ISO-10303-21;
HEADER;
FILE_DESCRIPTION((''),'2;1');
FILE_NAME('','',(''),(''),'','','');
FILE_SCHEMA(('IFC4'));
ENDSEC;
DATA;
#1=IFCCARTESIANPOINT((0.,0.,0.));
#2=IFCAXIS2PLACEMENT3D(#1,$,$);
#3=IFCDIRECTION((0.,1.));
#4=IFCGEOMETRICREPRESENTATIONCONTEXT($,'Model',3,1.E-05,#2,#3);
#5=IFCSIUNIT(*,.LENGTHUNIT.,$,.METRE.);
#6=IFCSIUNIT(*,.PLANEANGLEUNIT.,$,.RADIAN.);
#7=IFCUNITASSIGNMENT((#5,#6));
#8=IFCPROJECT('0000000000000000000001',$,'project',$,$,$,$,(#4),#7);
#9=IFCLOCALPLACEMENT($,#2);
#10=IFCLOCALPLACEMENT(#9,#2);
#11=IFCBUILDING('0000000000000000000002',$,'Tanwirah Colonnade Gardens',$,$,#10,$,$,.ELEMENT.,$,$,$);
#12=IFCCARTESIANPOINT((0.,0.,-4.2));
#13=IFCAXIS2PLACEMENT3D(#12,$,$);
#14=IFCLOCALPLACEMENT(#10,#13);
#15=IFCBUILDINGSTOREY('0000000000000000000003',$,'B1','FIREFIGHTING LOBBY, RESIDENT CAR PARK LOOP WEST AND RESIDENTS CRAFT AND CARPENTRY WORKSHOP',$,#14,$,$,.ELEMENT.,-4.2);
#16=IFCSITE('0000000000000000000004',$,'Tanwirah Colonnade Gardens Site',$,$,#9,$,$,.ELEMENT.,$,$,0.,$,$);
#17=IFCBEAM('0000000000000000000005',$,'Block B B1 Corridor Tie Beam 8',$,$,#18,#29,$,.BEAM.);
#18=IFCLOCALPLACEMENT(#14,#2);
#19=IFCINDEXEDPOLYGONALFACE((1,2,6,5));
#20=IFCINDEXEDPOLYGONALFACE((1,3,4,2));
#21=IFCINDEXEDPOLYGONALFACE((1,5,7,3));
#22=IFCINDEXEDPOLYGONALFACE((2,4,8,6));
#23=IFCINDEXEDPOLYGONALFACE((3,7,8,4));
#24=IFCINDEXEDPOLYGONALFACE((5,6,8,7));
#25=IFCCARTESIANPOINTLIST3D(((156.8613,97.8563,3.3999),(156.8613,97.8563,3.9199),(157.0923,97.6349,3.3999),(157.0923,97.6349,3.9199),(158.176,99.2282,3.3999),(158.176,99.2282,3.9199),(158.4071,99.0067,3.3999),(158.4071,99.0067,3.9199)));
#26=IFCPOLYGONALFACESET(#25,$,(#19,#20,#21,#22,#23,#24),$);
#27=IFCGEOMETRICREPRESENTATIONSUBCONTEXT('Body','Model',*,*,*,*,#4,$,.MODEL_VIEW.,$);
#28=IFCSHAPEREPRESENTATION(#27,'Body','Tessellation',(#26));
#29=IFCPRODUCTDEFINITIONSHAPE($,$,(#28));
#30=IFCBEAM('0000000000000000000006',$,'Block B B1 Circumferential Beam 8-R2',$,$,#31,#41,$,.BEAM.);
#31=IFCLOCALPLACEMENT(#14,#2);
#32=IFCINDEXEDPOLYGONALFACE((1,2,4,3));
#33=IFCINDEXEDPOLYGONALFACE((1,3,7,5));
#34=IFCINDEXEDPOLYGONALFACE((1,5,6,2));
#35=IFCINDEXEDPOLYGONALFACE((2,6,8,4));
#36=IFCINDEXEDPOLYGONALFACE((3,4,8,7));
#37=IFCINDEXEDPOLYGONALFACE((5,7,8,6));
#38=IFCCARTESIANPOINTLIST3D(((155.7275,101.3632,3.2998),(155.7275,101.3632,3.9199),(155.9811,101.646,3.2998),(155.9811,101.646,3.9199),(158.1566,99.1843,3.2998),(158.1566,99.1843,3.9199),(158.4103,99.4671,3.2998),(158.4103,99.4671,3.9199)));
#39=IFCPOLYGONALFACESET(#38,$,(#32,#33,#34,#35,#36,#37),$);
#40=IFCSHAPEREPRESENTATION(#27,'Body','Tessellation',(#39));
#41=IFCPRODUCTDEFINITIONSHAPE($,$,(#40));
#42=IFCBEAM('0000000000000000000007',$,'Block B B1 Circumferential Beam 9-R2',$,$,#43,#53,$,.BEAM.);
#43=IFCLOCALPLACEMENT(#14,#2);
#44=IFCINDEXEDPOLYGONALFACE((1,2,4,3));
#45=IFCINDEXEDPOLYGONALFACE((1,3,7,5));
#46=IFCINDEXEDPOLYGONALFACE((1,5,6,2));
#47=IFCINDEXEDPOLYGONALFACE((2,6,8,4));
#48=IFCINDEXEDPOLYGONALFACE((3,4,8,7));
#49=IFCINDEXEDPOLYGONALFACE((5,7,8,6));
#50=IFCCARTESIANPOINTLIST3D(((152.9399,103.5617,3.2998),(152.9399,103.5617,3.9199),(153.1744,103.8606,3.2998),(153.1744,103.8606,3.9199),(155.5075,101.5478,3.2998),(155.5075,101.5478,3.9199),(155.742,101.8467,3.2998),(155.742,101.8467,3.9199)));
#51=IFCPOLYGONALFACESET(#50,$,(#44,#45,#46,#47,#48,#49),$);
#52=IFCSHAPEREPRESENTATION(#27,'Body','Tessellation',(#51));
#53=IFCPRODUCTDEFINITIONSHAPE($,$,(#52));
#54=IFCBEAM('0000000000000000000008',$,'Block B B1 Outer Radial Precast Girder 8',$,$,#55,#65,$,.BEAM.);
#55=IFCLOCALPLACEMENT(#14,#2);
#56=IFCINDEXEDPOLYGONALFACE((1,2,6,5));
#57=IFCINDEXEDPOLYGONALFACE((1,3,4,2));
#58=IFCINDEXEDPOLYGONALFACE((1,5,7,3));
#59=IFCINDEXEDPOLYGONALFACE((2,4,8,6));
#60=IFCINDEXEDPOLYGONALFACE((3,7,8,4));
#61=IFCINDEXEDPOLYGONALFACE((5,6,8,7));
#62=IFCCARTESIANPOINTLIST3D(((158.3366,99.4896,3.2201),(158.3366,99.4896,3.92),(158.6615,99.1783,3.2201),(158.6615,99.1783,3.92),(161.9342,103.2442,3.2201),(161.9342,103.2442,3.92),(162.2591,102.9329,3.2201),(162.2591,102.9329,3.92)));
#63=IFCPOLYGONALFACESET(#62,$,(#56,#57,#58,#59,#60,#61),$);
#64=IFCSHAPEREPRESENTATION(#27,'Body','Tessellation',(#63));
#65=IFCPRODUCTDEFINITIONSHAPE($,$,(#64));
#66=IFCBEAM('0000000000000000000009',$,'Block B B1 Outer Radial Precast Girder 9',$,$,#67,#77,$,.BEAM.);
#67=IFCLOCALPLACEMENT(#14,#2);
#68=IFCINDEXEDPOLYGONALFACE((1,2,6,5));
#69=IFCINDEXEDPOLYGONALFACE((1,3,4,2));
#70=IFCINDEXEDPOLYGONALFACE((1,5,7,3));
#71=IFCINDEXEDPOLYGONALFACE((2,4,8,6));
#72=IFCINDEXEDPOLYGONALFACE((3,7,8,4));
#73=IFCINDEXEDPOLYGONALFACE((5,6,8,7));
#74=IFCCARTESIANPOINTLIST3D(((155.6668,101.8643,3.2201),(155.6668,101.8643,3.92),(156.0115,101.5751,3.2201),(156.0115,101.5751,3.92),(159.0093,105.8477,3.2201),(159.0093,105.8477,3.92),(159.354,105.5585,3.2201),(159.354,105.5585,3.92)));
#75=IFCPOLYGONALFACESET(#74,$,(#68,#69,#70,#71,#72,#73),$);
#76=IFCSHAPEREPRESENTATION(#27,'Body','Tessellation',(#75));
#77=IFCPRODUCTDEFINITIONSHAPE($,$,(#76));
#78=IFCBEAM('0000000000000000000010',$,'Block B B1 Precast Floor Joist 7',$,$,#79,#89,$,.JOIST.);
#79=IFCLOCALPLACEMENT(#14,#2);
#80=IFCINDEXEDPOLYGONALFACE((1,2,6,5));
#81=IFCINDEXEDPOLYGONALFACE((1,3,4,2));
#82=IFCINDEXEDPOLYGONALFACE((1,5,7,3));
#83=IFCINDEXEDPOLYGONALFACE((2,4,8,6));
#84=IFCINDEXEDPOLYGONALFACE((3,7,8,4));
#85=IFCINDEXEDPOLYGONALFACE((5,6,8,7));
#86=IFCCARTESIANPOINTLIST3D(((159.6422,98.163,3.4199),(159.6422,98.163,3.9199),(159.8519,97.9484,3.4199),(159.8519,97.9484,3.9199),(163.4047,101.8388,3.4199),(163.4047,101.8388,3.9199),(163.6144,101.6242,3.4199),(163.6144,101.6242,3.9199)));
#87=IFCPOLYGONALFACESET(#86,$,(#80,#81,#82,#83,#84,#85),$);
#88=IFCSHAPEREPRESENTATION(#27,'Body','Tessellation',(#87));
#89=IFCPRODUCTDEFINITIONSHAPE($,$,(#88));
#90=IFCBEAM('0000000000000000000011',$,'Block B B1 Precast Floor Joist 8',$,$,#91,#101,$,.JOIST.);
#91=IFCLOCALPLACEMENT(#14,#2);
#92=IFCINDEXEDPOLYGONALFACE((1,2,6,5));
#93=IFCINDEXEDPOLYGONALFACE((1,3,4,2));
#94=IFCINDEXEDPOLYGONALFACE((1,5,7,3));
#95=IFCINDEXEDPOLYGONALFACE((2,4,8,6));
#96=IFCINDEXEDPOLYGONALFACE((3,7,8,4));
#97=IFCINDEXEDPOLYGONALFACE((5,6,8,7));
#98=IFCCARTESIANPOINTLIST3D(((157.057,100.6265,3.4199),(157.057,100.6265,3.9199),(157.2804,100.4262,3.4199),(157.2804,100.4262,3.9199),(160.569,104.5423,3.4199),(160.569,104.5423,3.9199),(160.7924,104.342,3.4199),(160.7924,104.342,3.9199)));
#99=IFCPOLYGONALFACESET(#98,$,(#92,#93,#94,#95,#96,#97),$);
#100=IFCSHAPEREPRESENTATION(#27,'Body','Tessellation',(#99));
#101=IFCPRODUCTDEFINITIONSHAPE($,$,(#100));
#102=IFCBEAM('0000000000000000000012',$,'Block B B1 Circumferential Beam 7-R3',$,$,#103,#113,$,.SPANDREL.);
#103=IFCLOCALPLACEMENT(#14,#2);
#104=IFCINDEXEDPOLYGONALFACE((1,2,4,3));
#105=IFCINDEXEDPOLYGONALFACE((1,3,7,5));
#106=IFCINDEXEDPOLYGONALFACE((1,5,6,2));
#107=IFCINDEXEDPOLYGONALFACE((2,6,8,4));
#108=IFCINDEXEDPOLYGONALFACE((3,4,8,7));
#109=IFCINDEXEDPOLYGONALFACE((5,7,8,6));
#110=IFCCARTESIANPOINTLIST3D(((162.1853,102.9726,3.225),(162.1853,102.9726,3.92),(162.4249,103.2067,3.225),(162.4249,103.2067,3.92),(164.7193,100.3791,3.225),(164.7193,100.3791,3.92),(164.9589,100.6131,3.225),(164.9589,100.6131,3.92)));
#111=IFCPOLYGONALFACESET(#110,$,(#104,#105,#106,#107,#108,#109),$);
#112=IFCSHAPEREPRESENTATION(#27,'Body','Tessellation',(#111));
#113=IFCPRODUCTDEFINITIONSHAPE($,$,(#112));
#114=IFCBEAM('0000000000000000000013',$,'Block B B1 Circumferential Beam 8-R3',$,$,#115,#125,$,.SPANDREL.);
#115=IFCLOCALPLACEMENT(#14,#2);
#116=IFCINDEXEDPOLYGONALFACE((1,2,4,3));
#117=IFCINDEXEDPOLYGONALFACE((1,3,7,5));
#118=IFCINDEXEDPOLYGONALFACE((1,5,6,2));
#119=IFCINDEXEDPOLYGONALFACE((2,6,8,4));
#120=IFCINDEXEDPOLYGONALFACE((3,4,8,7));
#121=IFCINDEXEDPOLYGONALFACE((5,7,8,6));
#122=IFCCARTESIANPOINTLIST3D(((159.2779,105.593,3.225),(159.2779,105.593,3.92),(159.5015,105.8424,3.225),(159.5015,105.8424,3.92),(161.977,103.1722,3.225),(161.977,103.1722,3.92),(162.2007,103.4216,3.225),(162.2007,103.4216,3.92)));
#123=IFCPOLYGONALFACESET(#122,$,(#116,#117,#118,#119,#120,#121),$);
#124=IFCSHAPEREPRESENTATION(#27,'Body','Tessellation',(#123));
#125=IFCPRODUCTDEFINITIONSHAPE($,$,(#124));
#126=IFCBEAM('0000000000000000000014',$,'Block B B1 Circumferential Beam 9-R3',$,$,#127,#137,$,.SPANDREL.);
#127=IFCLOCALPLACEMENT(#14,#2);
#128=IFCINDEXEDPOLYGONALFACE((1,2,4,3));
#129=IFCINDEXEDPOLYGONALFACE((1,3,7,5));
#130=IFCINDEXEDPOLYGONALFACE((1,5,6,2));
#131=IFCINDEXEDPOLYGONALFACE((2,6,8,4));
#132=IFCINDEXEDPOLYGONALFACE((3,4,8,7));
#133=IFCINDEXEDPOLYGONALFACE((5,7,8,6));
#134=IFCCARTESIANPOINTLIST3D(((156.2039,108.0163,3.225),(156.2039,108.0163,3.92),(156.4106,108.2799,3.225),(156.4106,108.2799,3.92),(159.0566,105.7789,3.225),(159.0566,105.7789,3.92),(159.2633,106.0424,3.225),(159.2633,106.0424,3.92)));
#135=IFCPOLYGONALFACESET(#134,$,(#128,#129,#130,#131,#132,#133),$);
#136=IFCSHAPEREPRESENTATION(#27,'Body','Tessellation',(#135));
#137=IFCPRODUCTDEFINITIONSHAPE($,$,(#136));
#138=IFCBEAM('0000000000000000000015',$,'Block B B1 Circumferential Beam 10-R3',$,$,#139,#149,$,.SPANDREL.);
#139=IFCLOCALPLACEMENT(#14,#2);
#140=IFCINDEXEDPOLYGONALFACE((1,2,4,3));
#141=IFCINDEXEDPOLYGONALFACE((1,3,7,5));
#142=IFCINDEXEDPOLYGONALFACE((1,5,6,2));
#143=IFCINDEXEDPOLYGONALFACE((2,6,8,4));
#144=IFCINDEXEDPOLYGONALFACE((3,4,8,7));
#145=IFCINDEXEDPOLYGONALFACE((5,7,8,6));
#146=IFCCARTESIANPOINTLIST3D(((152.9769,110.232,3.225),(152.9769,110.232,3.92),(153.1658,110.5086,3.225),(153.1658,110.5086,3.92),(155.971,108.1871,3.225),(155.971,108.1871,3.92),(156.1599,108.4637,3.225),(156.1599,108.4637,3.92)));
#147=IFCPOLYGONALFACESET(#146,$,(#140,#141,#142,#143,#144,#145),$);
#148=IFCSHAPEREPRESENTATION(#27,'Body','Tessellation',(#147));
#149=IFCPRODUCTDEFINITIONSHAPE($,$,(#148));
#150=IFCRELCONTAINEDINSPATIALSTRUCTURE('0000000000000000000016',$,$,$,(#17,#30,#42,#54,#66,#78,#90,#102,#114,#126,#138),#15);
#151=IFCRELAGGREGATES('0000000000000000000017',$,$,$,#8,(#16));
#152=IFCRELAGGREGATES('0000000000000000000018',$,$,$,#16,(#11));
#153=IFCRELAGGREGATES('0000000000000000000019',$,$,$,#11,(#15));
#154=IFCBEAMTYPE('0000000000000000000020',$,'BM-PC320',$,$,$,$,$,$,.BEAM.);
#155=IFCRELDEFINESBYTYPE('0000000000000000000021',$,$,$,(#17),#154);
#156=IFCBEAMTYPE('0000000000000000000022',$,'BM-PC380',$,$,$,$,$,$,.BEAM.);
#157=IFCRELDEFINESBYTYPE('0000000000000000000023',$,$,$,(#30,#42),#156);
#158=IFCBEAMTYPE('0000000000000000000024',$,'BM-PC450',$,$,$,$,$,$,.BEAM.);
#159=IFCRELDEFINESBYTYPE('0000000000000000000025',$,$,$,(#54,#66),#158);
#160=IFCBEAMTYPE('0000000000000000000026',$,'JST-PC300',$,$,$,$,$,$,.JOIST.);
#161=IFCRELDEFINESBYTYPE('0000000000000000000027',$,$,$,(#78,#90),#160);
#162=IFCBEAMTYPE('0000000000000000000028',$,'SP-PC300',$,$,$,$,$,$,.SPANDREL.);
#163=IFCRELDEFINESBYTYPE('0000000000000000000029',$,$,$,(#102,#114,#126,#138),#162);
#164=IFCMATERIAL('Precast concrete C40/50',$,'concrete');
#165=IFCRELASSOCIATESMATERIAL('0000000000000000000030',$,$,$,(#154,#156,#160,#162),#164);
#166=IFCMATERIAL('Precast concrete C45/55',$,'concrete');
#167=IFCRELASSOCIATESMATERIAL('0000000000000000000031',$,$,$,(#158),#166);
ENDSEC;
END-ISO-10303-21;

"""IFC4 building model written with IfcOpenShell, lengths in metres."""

from ifc_helpers import new_model, si_unit, direction, frame, origin, origin_2d, place, context, subcontext, project, spatial, rectangle, extrude, material, material_profile, profile_set, type_object, element, save


model = new_model("IFC4")

# Units and contexts
model_context = context("Model", 3, precision=1e-05, world=origin(), true_north=direction((0.0, 1.0)))
body_context = subcontext(model_context, "Body", "Model", "MODEL_VIEW")
ifc_project = project(units=[si_unit("LENGTHUNIT", "METRE"), si_unit("PLANEANGLEUNIT", "RADIAN")], contexts=[model_context])

# Site, building, storey
site_placement = place(None, origin())
site = spatial("IfcSite", under=ifc_project, at=site_placement, Name="Tanwirah Colonnade Gardens Site", CompositionType="ELEMENT", RefElevation=0.0)
building_placement = place(site_placement, origin())
building = spatial("IfcBuilding", under=site, at=building_placement, Name="Tanwirah Colonnade Gardens", CompositionType="ELEMENT")
storey_placement = place(building_placement, frame((0.0, 0.0, -4.2)))
storey = spatial("IfcBuildingStorey", under=building, at=storey_placement, Name="B1", Description="FIREFIGHTING LOBBY, RESIDENT CAR PARK LOOP WEST AND RESIDENTS CRAFT AND CARPENTRY WORKSHOP", CompositionType="ELEMENT", Elevation=-4.2)

# Beams
ifc_material_1 = material(Name="Precast concrete C40/50", Category="concrete")
ifc_material_profile_1 = material_profile(ifc_material_1, rectangle(XDim=0.3201, YDim=0.52, at=origin_2d()), Name="PC-BM 320x520")
ifc_profile_set_1 = profile_set([ifc_material_profile_1], Name="Precast concrete C40/50")
beam_type_1 = type_object("IfcBeamType", Name="BM-PC320", PredefinedType="BEAM", material=ifc_profile_set_1)
beam_1_placement = place(storey_placement, frame((156.9768, 97.7456, 3.6599), z_axis=(0.691914, 0.72198, 0.0), x_axis=(-0.72198, 0.691914, 0.0)))
element("IfcBeam", 1, at=beam_1_placement, inside=storey, type_object=beam_type_1, Name="Block B B1 Corridor Tie Beam 8", PredefinedType="BEAM", context=body_context, shape_type="SweptSolid", body=[
    extrude(rectangle(XDim=0.3201, YDim=0.52, at=origin_2d()), origin(), (0.0, 0.0, 1.0), 1.9001),
])
ifc_material_profile_2 = material_profile(ifc_material_1, rectangle(XDim=0.3799, YDim=0.6201, at=origin_2d()), Name="PC-BM 380x620")
ifc_profile_set_2 = profile_set([ifc_material_profile_2], Name="Precast concrete C40/50")
beam_type_2 = type_object("IfcBeamType", Name="BM-PC380", PredefinedType="BEAM", material=ifc_profile_set_2)
for number, where, z_axis, x_axis, name in (
    (2, (158.2834, 99.3257, 3.6099), (-0.744409, 0.667724, 0.0), (-0.667724, -0.744409, 0.0), "Block B B1 Circumferential Beam 8-R2"),
    (3, (155.6248, 101.6973, 3.6099), (-0.78684, 0.617157, 0.0), (-0.617157, -0.78684, 0.0), "Block B B1 Circumferential Beam 9-R2"),
):
    element("IfcBeam", number, at=place(storey_placement, frame(where, z_axis=z_axis, x_axis=x_axis)), inside=storey, type_object=beam_type_2, Name=name, PredefinedType="BEAM", context=body_context, shape_type="SweptSolid", body=[
        extrude(rectangle(XDim=0.3799, YDim=0.6201, at=origin_2d()), origin(), (0.0, 0.0, 1.0), 3.2632),
    ])
ifc_material_2 = material(Name="Precast concrete C45/55", Category="concrete")
ifc_material_profile_3 = material_profile(ifc_material_2, rectangle(XDim=0.45, YDim=0.7, at=origin_2d()), Name="PC-BM 450x700")
ifc_profile_set_3 = profile_set([ifc_material_profile_3], Name="Precast concrete C45/55")
beam_type_3 = type_object("IfcBeamType", Name="BM-PC450", PredefinedType="BEAM", material=ifc_profile_set_3)
for number, where, z_axis, x_axis, name in (
    (4, (158.499, 99.334, 3.5701), (0.691851, 0.72204, 0.0), (-0.72204, 0.691851, 0.0), "Block B B1 Outer Radial Precast Girder 8"),
    (5, (155.8391, 101.7197, 3.5701), (0.642795, 0.766039, 0.0), (-0.766039, 0.642795, 0.0), "Block B B1 Outer Radial Precast Girder 9"),
):
    element("IfcBeam", number, at=place(storey_placement, frame(where, z_axis=z_axis, x_axis=x_axis)), inside=storey, type_object=beam_type_3, Name=name, PredefinedType="BEAM", context=body_context, shape_type="SweptSolid", body=[
        extrude(rectangle(XDim=0.45, YDim=0.7, at=origin_2d()), origin(), (0.0, 0.0, 1.0), 5.2),
    ])
ifc_material_profile_4 = material_profile(ifc_material_1, rectangle(XDim=0.3, YDim=0.5, at=origin_2d()), Name="PC-JST 300x500")
ifc_profile_set_4 = profile_set([ifc_material_profile_4], Name="Precast concrete C40/50")
beam_type_4 = type_object("IfcBeamType", Name="JST-PC300", PredefinedType="JOIST", material=ifc_profile_set_4)
for number, where, z_axis, x_axis, name in (
    (6, (159.7471, 98.0557, 3.6699), (0.715297, 0.69882, 0.0), (-0.69882, 0.715297, 0.0), "Block B B1 Precast Floor Joist 7"),
    (7, (157.1687, 100.5264, 3.6699), (0.667679, 0.744449, 0.0), (-0.744449, 0.667679, 0.0), "Block B B1 Precast Floor Joist 8"),
):
    element("IfcBeam", number, at=place(storey_placement, frame(where, z_axis=z_axis, x_axis=x_axis)), inside=storey, type_object=beam_type_4, Name=name, PredefinedType="JOIST", context=body_context, shape_type="SweptSolid", body=[
        extrude(rectangle(XDim=0.3, YDim=0.5, at=origin_2d()), origin(), (0.0, 0.0, 1.0), 5.26),
    ])
ifc_material_profile_5 = material_profile(ifc_material_1, rectangle(XDim=0.335, YDim=0.6951, at=origin_2d()), Name="PC-SP 335x695")
ifc_profile_set_5 = profile_set([ifc_material_profile_5], Name="Precast concrete C40/50")
beam_type_5 = type_object("IfcBeamType", Name="SP-PC300", PredefinedType="SPANDREL", material=ifc_profile_set_5)
beam_2_placement = place(storey_placement, frame((164.8391, 100.4961, 3.5725), z_axis=(-0.698844, 0.715274, 0.0), x_axis=(-0.715274, -0.698844, 0.0)))
element("IfcBeam", 8, at=beam_2_placement, inside=storey, type_object=beam_type_5, Name="Block B B1 Circumferential Beam 7-R3", PredefinedType="SPANDREL", context=body_context, shape_type="SweptSolid", body=[
    extrude(rectangle(XDim=0.335, YDim=0.6951, at=origin_2d()), origin(), (0.0, 0.0, 1.0), 3.626),
])
beam_3_placement = place(storey_placement, frame((162.0889, 103.2969, 3.5725), z_axis=(-0.744445, 0.667684, 0.0), x_axis=(-0.667684, -0.744445, 0.0)))
element("IfcBeam", 9, at=beam_3_placement, inside=storey, type_object=beam_type_5, Name="Block B B1 Circumferential Beam 8-R3", PredefinedType="SPANDREL", context=body_context, shape_type="SweptSolid", body=[
    extrude(rectangle(XDim=0.335, YDim=0.6951, at=origin_2d()), origin(), (0.0, 0.0, 1.0), 3.6257),
])
beam_4_placement = place(storey_placement, frame((159.1599, 105.9106, 3.5725), z_axis=(-0.786844, 0.617152, 0.0), x_axis=(-0.617152, -0.786844, 0.0)))
element("IfcBeam", 10, at=beam_4_placement, inside=storey, type_object=beam_type_5, Name="Block B B1 Circumferential Beam 9-R3", PredefinedType="SPANDREL", context=body_context, shape_type="SweptSolid", body=[
    extrude(rectangle(XDim=0.335, YDim=0.6951, at=origin_2d()), origin(), (0.0, 0.0, 1.0), 3.6255),
])
beam_5_placement = place(storey_placement, frame((156.0654, 108.3254, 3.5725), z_axis=(-0.825783, 0.563989, 0.0), x_axis=(-0.563989, -0.825783, 0.0)))
element("IfcBeam", 11, at=beam_5_placement, inside=storey, type_object=beam_type_5, Name="Block B B1 Circumferential Beam 10-R3", PredefinedType="SPANDREL", context=body_context, shape_type="SweptSolid", body=[
    extrude(rectangle(XDim=0.335, YDim=0.6951, at=origin_2d()), origin(), (0.0, 0.0, 1.0), 3.6257),
])

save(model, "model.ifc")
